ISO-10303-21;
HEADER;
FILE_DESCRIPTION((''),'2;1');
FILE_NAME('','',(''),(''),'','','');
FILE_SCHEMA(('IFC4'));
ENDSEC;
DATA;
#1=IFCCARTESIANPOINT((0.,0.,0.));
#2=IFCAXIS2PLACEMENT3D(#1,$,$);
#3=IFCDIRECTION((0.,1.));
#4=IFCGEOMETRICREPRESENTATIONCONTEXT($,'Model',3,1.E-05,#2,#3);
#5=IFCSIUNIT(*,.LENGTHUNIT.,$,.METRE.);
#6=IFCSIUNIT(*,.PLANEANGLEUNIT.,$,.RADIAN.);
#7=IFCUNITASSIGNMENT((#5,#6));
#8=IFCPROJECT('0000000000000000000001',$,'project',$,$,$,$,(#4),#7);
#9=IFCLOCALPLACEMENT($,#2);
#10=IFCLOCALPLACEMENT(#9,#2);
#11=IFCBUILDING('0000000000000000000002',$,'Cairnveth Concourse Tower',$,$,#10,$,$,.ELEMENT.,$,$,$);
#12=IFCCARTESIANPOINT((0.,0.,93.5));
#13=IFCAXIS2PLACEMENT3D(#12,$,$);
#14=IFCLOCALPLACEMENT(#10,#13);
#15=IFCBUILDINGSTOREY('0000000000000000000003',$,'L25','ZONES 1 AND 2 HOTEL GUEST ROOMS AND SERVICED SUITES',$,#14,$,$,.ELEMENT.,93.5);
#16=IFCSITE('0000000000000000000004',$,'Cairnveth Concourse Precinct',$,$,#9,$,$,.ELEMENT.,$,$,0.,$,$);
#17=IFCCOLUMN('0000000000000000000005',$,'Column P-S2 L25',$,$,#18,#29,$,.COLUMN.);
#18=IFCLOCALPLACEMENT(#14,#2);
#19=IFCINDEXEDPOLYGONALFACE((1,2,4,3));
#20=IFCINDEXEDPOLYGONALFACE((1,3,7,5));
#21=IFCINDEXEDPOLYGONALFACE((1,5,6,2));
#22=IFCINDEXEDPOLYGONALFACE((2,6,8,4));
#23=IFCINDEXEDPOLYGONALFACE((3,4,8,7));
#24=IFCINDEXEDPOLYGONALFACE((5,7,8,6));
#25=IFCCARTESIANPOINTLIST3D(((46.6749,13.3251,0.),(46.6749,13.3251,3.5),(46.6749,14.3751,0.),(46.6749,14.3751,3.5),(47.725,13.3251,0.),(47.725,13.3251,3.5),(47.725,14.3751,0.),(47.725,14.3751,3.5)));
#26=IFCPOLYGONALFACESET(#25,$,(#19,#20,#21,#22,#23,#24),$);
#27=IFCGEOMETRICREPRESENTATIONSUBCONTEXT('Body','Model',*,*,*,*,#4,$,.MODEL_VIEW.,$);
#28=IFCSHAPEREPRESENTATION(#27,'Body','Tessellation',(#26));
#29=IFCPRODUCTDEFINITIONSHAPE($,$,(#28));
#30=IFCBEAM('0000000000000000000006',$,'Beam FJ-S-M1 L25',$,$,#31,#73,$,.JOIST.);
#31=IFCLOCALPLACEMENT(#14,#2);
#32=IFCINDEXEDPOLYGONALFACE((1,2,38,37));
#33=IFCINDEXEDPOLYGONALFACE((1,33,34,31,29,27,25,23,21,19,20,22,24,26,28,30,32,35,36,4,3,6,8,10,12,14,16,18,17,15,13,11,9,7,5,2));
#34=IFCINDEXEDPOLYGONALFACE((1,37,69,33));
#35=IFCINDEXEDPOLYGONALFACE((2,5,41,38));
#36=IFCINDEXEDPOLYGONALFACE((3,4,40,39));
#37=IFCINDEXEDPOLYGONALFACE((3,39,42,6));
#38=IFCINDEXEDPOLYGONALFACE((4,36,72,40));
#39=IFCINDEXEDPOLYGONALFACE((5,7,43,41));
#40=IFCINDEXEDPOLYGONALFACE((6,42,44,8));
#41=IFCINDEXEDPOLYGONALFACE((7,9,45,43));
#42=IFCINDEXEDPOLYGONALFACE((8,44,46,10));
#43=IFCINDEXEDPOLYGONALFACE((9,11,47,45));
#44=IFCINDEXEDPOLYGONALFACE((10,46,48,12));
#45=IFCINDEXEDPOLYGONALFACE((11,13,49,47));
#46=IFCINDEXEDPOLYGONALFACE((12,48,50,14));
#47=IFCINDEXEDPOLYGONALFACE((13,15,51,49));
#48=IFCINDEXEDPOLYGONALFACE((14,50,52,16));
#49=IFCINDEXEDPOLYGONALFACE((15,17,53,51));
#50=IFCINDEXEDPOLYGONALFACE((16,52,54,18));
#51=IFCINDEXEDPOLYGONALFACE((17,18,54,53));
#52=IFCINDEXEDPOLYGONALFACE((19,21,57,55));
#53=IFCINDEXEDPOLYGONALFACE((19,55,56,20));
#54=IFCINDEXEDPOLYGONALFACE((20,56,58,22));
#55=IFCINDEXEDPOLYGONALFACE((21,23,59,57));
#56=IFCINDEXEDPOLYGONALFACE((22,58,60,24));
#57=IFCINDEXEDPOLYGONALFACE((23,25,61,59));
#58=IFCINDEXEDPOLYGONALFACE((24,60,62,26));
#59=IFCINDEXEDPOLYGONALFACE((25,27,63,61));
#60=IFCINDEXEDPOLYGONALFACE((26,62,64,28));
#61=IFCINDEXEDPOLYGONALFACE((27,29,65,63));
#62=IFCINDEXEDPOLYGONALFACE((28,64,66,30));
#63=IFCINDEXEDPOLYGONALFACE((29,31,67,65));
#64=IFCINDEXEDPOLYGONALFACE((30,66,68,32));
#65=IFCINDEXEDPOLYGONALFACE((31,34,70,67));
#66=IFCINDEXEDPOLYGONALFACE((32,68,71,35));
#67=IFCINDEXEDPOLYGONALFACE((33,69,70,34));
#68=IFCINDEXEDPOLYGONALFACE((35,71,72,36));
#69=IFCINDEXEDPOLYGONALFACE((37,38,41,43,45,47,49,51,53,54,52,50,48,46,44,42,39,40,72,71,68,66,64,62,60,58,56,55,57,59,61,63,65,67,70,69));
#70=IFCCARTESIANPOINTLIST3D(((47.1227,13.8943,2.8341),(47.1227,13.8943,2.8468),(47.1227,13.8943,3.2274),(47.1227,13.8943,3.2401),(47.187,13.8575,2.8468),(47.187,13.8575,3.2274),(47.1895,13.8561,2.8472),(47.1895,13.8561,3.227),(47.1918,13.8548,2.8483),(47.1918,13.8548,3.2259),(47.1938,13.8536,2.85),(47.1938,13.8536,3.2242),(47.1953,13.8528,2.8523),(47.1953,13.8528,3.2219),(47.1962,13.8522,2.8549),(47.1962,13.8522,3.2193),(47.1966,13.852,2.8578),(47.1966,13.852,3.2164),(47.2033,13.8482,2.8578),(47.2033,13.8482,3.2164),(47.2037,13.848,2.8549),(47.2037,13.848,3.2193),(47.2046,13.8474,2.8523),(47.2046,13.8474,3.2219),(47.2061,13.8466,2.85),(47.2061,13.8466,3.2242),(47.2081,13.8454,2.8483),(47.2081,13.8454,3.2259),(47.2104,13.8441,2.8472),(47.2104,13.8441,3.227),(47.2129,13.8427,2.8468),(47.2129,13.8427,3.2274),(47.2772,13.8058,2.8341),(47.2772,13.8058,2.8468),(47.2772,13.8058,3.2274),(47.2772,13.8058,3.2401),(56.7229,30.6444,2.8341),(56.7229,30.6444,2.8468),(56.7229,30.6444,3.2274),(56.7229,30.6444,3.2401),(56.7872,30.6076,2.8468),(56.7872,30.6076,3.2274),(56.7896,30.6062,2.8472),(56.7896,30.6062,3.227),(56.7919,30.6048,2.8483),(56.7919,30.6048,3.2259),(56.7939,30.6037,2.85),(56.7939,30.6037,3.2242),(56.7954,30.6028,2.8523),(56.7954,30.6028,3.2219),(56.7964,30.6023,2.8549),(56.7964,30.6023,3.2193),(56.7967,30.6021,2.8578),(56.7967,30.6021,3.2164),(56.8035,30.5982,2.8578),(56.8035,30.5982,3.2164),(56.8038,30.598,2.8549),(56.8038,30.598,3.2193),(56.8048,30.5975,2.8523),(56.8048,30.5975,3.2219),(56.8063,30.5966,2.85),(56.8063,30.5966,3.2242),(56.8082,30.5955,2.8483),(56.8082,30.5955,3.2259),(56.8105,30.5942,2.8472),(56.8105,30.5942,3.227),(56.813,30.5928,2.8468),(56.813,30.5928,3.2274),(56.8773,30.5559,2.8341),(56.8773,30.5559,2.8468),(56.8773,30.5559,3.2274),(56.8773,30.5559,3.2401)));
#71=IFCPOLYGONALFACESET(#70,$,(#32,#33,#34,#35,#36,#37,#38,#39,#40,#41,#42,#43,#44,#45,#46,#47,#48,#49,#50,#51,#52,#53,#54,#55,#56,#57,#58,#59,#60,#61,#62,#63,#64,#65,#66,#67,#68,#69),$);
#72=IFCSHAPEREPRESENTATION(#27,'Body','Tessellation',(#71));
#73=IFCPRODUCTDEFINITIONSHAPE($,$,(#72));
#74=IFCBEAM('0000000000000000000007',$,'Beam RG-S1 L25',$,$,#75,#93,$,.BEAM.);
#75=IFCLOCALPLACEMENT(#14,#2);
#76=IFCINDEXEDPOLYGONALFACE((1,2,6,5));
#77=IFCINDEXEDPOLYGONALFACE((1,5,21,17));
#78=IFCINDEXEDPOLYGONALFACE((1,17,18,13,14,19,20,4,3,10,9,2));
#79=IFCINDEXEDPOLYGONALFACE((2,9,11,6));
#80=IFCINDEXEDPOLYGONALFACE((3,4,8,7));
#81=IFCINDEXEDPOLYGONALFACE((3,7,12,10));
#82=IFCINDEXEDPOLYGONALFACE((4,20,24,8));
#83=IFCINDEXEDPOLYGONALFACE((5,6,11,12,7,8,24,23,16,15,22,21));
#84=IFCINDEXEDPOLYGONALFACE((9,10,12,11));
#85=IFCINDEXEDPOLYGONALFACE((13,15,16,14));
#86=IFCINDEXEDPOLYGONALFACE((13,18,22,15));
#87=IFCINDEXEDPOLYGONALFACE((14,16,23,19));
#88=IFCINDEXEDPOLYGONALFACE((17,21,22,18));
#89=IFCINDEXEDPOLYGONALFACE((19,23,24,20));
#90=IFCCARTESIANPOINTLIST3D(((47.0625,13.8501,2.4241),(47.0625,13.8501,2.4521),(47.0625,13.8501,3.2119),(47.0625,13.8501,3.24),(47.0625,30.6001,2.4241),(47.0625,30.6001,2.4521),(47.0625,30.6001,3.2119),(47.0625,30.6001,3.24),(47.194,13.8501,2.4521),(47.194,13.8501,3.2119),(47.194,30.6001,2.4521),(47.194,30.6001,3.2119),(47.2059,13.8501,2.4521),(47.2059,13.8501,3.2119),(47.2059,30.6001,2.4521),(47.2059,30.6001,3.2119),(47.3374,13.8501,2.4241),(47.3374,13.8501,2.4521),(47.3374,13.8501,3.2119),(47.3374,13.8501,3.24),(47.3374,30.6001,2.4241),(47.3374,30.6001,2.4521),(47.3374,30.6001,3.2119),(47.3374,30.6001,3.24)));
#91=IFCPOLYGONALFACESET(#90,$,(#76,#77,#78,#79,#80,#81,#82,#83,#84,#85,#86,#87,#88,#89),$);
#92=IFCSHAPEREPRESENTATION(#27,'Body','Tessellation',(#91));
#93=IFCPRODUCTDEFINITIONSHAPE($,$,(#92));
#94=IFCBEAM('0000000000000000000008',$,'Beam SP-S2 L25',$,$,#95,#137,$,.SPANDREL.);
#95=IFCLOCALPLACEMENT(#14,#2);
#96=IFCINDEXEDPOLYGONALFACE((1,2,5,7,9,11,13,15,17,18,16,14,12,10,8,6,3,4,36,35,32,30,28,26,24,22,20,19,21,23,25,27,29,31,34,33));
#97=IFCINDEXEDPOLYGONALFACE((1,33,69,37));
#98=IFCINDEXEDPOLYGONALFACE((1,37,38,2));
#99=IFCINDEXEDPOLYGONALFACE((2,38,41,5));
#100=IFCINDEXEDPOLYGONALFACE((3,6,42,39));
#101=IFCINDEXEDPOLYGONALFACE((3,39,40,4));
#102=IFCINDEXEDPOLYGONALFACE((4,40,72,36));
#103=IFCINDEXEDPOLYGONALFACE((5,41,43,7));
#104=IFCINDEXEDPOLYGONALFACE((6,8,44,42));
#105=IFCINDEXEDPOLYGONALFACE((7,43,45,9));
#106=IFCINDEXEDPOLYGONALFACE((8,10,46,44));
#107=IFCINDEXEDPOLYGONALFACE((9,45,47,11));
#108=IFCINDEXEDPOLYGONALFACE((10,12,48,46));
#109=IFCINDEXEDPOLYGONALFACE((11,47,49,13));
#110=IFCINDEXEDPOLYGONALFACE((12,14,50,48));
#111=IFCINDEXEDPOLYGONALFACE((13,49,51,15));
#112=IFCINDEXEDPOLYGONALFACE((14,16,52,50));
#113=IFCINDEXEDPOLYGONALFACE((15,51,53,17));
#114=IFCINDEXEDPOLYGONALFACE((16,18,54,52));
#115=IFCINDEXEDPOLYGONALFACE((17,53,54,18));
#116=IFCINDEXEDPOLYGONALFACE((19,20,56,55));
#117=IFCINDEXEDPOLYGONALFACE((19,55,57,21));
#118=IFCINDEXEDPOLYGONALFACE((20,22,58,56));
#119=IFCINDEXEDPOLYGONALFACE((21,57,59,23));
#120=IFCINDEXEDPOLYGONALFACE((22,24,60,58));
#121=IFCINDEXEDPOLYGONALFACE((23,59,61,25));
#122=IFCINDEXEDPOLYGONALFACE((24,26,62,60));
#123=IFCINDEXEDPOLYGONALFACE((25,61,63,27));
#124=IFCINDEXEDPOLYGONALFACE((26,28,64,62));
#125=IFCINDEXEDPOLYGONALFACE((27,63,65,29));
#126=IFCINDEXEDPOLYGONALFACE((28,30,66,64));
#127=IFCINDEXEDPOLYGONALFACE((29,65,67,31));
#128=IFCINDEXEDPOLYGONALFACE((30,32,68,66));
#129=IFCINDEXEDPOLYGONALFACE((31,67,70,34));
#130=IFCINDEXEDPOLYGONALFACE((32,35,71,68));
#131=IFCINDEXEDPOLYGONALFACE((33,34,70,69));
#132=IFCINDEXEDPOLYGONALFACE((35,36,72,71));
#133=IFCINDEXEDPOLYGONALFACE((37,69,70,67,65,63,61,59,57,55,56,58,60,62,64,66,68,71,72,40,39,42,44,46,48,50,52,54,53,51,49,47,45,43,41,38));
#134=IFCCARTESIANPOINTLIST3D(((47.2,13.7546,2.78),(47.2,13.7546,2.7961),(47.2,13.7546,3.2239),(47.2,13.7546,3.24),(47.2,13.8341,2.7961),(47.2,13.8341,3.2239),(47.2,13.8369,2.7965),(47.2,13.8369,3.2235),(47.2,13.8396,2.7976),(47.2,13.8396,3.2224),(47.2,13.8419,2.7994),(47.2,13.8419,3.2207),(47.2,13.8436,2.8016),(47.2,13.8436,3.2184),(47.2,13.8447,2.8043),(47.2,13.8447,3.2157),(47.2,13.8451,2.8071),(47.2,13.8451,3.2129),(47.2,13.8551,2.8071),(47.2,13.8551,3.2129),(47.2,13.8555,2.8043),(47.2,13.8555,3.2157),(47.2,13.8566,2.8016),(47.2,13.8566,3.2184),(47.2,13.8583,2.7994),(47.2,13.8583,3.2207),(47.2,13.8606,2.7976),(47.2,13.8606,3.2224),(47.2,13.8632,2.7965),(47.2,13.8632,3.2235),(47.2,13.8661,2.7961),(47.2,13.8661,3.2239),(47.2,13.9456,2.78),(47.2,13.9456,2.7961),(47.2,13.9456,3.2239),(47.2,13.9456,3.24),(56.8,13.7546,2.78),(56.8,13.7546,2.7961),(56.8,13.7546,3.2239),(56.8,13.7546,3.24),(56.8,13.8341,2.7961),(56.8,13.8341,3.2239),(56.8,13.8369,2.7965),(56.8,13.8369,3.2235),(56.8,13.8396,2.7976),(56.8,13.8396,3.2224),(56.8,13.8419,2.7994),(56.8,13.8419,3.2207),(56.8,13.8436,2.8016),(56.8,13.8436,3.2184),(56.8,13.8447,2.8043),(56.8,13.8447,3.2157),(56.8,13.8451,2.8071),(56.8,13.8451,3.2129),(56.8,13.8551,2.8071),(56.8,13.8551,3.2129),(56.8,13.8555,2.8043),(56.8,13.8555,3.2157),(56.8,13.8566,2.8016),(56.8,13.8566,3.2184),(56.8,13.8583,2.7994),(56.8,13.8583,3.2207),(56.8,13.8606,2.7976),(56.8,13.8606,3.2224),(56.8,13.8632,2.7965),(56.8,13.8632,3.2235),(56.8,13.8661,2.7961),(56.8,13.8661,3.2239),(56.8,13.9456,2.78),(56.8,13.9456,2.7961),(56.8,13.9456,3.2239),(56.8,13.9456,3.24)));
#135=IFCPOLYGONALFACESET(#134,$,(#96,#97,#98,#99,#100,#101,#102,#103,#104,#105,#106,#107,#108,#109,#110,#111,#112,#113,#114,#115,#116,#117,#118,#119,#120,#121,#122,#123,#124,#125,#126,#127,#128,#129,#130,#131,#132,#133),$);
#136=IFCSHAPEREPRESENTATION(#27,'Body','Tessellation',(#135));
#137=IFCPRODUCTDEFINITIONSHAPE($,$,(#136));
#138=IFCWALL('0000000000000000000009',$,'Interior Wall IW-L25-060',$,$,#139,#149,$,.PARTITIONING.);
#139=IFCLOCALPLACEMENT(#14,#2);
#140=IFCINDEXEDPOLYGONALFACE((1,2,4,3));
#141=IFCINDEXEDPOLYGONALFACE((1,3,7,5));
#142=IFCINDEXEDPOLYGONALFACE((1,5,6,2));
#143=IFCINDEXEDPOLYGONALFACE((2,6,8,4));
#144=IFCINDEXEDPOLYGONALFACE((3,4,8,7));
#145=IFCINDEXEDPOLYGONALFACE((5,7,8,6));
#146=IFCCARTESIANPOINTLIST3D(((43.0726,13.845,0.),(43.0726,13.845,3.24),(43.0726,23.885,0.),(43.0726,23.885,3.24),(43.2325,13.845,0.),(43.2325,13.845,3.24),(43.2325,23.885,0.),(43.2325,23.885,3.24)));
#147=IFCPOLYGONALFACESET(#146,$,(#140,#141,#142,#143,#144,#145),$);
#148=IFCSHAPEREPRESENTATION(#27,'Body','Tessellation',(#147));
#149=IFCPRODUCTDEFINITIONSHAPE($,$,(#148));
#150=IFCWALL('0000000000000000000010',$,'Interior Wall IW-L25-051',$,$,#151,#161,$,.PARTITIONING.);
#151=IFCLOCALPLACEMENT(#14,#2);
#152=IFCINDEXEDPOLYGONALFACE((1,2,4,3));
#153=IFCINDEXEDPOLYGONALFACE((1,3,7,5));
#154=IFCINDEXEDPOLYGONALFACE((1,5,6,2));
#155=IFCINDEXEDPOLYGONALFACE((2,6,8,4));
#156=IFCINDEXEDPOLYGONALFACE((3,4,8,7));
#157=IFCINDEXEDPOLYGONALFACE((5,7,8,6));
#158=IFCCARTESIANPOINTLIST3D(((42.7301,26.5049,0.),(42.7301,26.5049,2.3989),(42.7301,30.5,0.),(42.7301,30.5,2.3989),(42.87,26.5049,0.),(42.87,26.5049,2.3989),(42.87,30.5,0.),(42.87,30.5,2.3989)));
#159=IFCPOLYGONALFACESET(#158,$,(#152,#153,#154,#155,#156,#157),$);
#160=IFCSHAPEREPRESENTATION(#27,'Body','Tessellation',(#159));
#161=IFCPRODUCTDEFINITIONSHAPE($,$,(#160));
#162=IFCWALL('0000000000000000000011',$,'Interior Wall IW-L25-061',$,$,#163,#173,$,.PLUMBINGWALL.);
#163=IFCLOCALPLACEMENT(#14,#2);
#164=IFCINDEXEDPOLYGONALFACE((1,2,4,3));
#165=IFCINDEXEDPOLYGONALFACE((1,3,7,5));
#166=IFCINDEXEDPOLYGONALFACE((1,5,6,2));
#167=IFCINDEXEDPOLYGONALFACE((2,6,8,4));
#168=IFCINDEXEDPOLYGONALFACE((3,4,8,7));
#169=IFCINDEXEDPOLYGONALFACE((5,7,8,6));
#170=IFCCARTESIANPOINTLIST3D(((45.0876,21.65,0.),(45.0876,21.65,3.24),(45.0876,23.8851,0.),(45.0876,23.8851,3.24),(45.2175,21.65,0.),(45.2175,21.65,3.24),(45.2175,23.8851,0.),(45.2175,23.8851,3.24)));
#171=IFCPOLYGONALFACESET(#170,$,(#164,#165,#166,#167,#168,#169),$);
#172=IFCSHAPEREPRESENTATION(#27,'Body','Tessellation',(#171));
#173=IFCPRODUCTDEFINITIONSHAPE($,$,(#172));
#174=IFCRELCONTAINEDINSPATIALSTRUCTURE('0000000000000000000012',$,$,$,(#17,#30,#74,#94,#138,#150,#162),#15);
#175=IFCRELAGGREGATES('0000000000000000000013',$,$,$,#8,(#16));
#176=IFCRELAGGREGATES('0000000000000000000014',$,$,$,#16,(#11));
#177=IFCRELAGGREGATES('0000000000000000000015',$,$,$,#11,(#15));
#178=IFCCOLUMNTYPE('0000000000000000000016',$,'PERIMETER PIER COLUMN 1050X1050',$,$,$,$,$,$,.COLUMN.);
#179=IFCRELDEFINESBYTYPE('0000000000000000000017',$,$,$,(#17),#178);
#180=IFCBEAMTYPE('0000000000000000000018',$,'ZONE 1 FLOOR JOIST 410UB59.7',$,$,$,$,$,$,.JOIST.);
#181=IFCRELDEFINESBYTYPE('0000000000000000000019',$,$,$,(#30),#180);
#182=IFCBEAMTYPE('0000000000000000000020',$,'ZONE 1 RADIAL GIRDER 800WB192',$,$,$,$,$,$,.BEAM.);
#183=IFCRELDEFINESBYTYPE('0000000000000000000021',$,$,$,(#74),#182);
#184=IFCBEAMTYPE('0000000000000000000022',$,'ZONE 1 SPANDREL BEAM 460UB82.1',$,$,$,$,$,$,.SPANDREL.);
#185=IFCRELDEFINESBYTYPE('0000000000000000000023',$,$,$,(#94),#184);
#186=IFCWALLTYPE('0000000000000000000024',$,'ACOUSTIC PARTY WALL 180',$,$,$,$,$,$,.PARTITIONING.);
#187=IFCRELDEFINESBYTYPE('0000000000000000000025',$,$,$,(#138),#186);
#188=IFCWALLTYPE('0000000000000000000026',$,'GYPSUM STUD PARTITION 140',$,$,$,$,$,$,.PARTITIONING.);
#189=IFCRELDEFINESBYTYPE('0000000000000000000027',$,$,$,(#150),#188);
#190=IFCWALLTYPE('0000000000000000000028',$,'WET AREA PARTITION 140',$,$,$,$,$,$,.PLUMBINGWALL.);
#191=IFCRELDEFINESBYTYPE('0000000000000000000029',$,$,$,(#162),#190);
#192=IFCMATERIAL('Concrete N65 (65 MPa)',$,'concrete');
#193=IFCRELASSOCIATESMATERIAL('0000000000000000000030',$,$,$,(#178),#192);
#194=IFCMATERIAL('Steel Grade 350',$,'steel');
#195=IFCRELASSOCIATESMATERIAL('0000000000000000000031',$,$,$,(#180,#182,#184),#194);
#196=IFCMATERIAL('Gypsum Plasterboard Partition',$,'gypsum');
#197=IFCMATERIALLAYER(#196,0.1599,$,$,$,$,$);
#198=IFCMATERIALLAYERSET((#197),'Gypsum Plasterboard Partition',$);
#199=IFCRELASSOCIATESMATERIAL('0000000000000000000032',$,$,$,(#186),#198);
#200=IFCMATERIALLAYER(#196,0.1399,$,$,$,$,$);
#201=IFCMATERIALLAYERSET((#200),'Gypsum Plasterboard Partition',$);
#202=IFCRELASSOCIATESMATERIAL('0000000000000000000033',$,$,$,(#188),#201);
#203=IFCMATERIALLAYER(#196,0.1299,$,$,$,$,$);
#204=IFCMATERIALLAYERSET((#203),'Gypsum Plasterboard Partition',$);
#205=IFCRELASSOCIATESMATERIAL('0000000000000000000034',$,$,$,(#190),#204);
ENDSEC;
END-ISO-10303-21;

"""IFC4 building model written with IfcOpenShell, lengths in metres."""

from ifc_helpers import new_model, si_unit, direction, frame, frame_2d, origin, origin_2d, place, context, subcontext, project, spatial, rectangle, i_section, extrude, material, layer, layer_set, material_profile, profile_set, type_object, element, save


model = new_model("IFC4")

# Units and contexts
model_context = context("Model", 3, precision=1e-05, world=origin(), true_north=direction((0.0, 1.0)))
body_context = subcontext(model_context, "Body", "Model", "MODEL_VIEW")
ifc_project = project(units=[si_unit("LENGTHUNIT", "METRE"), si_unit("PLANEANGLEUNIT", "RADIAN")], contexts=[model_context])

# Site, building, storey
site_placement = place(None, origin())
site = spatial("IfcSite", under=ifc_project, at=site_placement, Name="Cairnveth Concourse Precinct", CompositionType="ELEMENT", RefElevation=0.0)
building_placement = place(site_placement, origin())
building = spatial("IfcBuilding", under=site, at=building_placement, Name="Cairnveth Concourse Tower", CompositionType="ELEMENT")
storey_placement = place(building_placement, frame((0.0, 0.0, 93.5)))
storey = spatial("IfcBuildingStorey", under=building, at=storey_placement, Name="L25", Description="ZONES 1 AND 2 HOTEL GUEST ROOMS AND SERVICED SUITES", CompositionType="ELEMENT", Elevation=93.5)

# Column
ifc_material_1 = material(Name="Concrete N65 (65 MPa)", Category="concrete")
ifc_material_profile_1 = material_profile(ifc_material_1, rectangle(XDim=1.05, YDim=1.05, at=origin_2d()), Name="RC-COL-1050x1050")
ifc_profile_set_1 = profile_set([ifc_material_profile_1], Name="Concrete N65 (65 MPa)")
column_type = type_object("IfcColumnType", Name="PERIMETER PIER COLUMN 1050X1050", PredefinedType="COLUMN", material=ifc_profile_set_1)
column_placement = place(storey_placement, frame((47.2, 13.8501, 0.0), z_axis=(0.0, 0.0, 1.0), x_axis=(1.0, 0.0, 0.0)))
element("IfcColumn", 1, at=column_placement, inside=storey, type_object=column_type, Name="Column P-S2 L25", PredefinedType="COLUMN", context=body_context, shape_type="SweptSolid", body=[
    extrude(rectangle(XDim=1.05, YDim=1.05, at=origin_2d()), origin(), (0.0, 0.0, 1.0), 3.5),
])

# Beams
ifc_material_2 = material(Name="Steel Grade 350", Category="steel")
ifc_material_profile_2 = material_profile(ifc_material_2, i_section(OverallWidth=0.178, OverallDepth=0.406, WebThickness=0.0078, FlangeThickness=0.0127, FilletRadius=0.011, at=origin_2d()), Name="410UB59.7")
ifc_profile_set_2 = profile_set([ifc_material_profile_2], Name="Steel Grade 350")
beam_type_1 = type_object("IfcBeamType", Name="ZONE 1 FLOOR JOIST 410UB59.7", PredefinedType="JOIST", material=ifc_profile_set_2)
beam_1_placement = place(storey_placement, frame((47.2, 13.8501, 3.0371), z_axis=(0.497258, 0.867603, 0.0), x_axis=(-0.867603, 0.497258, 0.0)))
element("IfcBeam", 2, at=beam_1_placement, inside=storey, type_object=beam_type_1, Name="Beam FJ-S-M1 L25", PredefinedType="JOIST", context=body_context, shape_type="SweptSolid", body=[
    extrude(i_section(OverallWidth=0.178, OverallDepth=0.406, WebThickness=0.0078, FlangeThickness=0.0127, FilletRadius=0.011, at=origin_2d()), origin(), (0.0, 0.0, 1.0), 19.3062),
])
ifc_material_profile_3 = material_profile(ifc_material_2, i_section(OverallWidth=0.2749, OverallDepth=0.8159, WebThickness=0.012, FlangeThickness=0.0281, at=origin_2d()), Name="800WB192")
ifc_profile_set_3 = profile_set([ifc_material_profile_3], Name="Steel Grade 350")
beam_type_2 = type_object("IfcBeamType", Name="ZONE 1 RADIAL GIRDER 800WB192", PredefinedType="BEAM", material=ifc_profile_set_3)
beam_2_placement = place(storey_placement, frame((47.2, 13.8501, 2.832), z_axis=(0.0, 1.0, 0.0), x_axis=(-1.0, 0.0, 0.0)))
element("IfcBeam", 3, at=beam_2_placement, inside=storey, type_object=beam_type_2, Name="Beam RG-S1 L25", PredefinedType="BEAM", context=body_context, shape_type="SweptSolid", body=[
    extrude(i_section(OverallWidth=0.2749, OverallDepth=0.8159, WebThickness=0.012, FlangeThickness=0.0281, at=origin_2d()), origin(), (0.0, 0.0, 1.0), 16.75),
])
ifc_material_profile_4 = material_profile(ifc_material_2, i_section(OverallWidth=0.1909, OverallDepth=0.46, WebThickness=0.01, FlangeThickness=0.0161, FilletRadius=0.011, at=origin_2d()), Name="460UB82.1")
ifc_profile_set_4 = profile_set([ifc_material_profile_4], Name="Steel Grade 350")
beam_type_3 = type_object("IfcBeamType", Name="ZONE 1 SPANDREL BEAM 460UB82.1", PredefinedType="SPANDREL", material=ifc_profile_set_4)
beam_3_placement = place(storey_placement, frame((47.2, 13.8501, 3.01), z_axis=(1.0, 0.0, 0.0), x_axis=(0.0, 1.0, 0.0)))
element("IfcBeam", 4, at=beam_3_placement, inside=storey, type_object=beam_type_3, Name="Beam SP-S2 L25", PredefinedType="SPANDREL", context=body_context, shape_type="SweptSolid", body=[
    extrude(i_section(OverallWidth=0.1909, OverallDepth=0.46, WebThickness=0.01, FlangeThickness=0.0161, FilletRadius=0.011, at=origin_2d()), origin(), (0.0, 0.0, 1.0), 9.6001),
])

# Walls
ifc_material_3 = material(Name="Gypsum Plasterboard Partition", Category="gypsum")
ifc_layer_1 = layer(ifc_material_3, 0.1599)
ifc_layer_set_1 = layer_set([ifc_layer_1], Name="Gypsum Plasterboard Partition")
wall_type_1 = type_object("IfcWallType", Name="ACOUSTIC PARTY WALL 180", PredefinedType="PARTITIONING", material=ifc_layer_set_1)
wall_1_placement = place(storey_placement, frame((43.1526, 13.845, 0.0), z_axis=(0.0, 0.0, 1.0), x_axis=(0.0, 1.0, 0.0)))
element("IfcWall", 5, at=wall_1_placement, inside=storey, type_object=wall_type_1, Name="Interior Wall IW-L25-060", PredefinedType="PARTITIONING", context=body_context, shape_type="SweptSolid", body=[
    extrude(rectangle(XDim=10.04, YDim=0.1599, at=frame_2d((5.02, 0.0))), origin(), (0.0, 0.0, 1.0), 3.24),
])
ifc_layer_2 = layer(ifc_material_3, 0.1399)
ifc_layer_set_2 = layer_set([ifc_layer_2], Name="Gypsum Plasterboard Partition")
wall_type_2 = type_object("IfcWallType", Name="GYPSUM STUD PARTITION 140", PredefinedType="PARTITIONING", material=ifc_layer_set_2)
wall_2_placement = place(storey_placement, frame((42.8, 26.5049, 0.0), z_axis=(0.0, 0.0, 1.0), x_axis=(0.0, 1.0, 0.0)))
element("IfcWall", 6, at=wall_2_placement, inside=storey, type_object=wall_type_2, Name="Interior Wall IW-L25-051", PredefinedType="PARTITIONING", context=body_context, shape_type="SweptSolid", body=[
    extrude(rectangle(XDim=3.9951, YDim=0.1399, at=frame_2d((1.9976, 0.0))), origin(), (0.0, 0.0, 1.0), 2.3989),
])
ifc_layer_3 = layer(ifc_material_3, 0.1299)
ifc_layer_set_3 = layer_set([ifc_layer_3], Name="Gypsum Plasterboard Partition")
wall_type_3 = type_object("IfcWallType", Name="WET AREA PARTITION 140", PredefinedType="PLUMBINGWALL", material=ifc_layer_set_3)
wall_3_placement = place(storey_placement, frame((45.1526, 21.6499, 0.0), z_axis=(0.0, 0.0, 1.0), x_axis=(0.0, 1.0, 0.0)))
element("IfcWall", 7, at=wall_3_placement, inside=storey, type_object=wall_type_3, Name="Interior Wall IW-L25-061", PredefinedType="PLUMBINGWALL", context=body_context, shape_type="SweptSolid", body=[
    extrude(rectangle(XDim=2.2351, YDim=0.1299, at=frame_2d((1.1177, 0.0))), origin(), (0.0, 0.0, 1.0), 3.24),
])

save(model, "model.ifc")
